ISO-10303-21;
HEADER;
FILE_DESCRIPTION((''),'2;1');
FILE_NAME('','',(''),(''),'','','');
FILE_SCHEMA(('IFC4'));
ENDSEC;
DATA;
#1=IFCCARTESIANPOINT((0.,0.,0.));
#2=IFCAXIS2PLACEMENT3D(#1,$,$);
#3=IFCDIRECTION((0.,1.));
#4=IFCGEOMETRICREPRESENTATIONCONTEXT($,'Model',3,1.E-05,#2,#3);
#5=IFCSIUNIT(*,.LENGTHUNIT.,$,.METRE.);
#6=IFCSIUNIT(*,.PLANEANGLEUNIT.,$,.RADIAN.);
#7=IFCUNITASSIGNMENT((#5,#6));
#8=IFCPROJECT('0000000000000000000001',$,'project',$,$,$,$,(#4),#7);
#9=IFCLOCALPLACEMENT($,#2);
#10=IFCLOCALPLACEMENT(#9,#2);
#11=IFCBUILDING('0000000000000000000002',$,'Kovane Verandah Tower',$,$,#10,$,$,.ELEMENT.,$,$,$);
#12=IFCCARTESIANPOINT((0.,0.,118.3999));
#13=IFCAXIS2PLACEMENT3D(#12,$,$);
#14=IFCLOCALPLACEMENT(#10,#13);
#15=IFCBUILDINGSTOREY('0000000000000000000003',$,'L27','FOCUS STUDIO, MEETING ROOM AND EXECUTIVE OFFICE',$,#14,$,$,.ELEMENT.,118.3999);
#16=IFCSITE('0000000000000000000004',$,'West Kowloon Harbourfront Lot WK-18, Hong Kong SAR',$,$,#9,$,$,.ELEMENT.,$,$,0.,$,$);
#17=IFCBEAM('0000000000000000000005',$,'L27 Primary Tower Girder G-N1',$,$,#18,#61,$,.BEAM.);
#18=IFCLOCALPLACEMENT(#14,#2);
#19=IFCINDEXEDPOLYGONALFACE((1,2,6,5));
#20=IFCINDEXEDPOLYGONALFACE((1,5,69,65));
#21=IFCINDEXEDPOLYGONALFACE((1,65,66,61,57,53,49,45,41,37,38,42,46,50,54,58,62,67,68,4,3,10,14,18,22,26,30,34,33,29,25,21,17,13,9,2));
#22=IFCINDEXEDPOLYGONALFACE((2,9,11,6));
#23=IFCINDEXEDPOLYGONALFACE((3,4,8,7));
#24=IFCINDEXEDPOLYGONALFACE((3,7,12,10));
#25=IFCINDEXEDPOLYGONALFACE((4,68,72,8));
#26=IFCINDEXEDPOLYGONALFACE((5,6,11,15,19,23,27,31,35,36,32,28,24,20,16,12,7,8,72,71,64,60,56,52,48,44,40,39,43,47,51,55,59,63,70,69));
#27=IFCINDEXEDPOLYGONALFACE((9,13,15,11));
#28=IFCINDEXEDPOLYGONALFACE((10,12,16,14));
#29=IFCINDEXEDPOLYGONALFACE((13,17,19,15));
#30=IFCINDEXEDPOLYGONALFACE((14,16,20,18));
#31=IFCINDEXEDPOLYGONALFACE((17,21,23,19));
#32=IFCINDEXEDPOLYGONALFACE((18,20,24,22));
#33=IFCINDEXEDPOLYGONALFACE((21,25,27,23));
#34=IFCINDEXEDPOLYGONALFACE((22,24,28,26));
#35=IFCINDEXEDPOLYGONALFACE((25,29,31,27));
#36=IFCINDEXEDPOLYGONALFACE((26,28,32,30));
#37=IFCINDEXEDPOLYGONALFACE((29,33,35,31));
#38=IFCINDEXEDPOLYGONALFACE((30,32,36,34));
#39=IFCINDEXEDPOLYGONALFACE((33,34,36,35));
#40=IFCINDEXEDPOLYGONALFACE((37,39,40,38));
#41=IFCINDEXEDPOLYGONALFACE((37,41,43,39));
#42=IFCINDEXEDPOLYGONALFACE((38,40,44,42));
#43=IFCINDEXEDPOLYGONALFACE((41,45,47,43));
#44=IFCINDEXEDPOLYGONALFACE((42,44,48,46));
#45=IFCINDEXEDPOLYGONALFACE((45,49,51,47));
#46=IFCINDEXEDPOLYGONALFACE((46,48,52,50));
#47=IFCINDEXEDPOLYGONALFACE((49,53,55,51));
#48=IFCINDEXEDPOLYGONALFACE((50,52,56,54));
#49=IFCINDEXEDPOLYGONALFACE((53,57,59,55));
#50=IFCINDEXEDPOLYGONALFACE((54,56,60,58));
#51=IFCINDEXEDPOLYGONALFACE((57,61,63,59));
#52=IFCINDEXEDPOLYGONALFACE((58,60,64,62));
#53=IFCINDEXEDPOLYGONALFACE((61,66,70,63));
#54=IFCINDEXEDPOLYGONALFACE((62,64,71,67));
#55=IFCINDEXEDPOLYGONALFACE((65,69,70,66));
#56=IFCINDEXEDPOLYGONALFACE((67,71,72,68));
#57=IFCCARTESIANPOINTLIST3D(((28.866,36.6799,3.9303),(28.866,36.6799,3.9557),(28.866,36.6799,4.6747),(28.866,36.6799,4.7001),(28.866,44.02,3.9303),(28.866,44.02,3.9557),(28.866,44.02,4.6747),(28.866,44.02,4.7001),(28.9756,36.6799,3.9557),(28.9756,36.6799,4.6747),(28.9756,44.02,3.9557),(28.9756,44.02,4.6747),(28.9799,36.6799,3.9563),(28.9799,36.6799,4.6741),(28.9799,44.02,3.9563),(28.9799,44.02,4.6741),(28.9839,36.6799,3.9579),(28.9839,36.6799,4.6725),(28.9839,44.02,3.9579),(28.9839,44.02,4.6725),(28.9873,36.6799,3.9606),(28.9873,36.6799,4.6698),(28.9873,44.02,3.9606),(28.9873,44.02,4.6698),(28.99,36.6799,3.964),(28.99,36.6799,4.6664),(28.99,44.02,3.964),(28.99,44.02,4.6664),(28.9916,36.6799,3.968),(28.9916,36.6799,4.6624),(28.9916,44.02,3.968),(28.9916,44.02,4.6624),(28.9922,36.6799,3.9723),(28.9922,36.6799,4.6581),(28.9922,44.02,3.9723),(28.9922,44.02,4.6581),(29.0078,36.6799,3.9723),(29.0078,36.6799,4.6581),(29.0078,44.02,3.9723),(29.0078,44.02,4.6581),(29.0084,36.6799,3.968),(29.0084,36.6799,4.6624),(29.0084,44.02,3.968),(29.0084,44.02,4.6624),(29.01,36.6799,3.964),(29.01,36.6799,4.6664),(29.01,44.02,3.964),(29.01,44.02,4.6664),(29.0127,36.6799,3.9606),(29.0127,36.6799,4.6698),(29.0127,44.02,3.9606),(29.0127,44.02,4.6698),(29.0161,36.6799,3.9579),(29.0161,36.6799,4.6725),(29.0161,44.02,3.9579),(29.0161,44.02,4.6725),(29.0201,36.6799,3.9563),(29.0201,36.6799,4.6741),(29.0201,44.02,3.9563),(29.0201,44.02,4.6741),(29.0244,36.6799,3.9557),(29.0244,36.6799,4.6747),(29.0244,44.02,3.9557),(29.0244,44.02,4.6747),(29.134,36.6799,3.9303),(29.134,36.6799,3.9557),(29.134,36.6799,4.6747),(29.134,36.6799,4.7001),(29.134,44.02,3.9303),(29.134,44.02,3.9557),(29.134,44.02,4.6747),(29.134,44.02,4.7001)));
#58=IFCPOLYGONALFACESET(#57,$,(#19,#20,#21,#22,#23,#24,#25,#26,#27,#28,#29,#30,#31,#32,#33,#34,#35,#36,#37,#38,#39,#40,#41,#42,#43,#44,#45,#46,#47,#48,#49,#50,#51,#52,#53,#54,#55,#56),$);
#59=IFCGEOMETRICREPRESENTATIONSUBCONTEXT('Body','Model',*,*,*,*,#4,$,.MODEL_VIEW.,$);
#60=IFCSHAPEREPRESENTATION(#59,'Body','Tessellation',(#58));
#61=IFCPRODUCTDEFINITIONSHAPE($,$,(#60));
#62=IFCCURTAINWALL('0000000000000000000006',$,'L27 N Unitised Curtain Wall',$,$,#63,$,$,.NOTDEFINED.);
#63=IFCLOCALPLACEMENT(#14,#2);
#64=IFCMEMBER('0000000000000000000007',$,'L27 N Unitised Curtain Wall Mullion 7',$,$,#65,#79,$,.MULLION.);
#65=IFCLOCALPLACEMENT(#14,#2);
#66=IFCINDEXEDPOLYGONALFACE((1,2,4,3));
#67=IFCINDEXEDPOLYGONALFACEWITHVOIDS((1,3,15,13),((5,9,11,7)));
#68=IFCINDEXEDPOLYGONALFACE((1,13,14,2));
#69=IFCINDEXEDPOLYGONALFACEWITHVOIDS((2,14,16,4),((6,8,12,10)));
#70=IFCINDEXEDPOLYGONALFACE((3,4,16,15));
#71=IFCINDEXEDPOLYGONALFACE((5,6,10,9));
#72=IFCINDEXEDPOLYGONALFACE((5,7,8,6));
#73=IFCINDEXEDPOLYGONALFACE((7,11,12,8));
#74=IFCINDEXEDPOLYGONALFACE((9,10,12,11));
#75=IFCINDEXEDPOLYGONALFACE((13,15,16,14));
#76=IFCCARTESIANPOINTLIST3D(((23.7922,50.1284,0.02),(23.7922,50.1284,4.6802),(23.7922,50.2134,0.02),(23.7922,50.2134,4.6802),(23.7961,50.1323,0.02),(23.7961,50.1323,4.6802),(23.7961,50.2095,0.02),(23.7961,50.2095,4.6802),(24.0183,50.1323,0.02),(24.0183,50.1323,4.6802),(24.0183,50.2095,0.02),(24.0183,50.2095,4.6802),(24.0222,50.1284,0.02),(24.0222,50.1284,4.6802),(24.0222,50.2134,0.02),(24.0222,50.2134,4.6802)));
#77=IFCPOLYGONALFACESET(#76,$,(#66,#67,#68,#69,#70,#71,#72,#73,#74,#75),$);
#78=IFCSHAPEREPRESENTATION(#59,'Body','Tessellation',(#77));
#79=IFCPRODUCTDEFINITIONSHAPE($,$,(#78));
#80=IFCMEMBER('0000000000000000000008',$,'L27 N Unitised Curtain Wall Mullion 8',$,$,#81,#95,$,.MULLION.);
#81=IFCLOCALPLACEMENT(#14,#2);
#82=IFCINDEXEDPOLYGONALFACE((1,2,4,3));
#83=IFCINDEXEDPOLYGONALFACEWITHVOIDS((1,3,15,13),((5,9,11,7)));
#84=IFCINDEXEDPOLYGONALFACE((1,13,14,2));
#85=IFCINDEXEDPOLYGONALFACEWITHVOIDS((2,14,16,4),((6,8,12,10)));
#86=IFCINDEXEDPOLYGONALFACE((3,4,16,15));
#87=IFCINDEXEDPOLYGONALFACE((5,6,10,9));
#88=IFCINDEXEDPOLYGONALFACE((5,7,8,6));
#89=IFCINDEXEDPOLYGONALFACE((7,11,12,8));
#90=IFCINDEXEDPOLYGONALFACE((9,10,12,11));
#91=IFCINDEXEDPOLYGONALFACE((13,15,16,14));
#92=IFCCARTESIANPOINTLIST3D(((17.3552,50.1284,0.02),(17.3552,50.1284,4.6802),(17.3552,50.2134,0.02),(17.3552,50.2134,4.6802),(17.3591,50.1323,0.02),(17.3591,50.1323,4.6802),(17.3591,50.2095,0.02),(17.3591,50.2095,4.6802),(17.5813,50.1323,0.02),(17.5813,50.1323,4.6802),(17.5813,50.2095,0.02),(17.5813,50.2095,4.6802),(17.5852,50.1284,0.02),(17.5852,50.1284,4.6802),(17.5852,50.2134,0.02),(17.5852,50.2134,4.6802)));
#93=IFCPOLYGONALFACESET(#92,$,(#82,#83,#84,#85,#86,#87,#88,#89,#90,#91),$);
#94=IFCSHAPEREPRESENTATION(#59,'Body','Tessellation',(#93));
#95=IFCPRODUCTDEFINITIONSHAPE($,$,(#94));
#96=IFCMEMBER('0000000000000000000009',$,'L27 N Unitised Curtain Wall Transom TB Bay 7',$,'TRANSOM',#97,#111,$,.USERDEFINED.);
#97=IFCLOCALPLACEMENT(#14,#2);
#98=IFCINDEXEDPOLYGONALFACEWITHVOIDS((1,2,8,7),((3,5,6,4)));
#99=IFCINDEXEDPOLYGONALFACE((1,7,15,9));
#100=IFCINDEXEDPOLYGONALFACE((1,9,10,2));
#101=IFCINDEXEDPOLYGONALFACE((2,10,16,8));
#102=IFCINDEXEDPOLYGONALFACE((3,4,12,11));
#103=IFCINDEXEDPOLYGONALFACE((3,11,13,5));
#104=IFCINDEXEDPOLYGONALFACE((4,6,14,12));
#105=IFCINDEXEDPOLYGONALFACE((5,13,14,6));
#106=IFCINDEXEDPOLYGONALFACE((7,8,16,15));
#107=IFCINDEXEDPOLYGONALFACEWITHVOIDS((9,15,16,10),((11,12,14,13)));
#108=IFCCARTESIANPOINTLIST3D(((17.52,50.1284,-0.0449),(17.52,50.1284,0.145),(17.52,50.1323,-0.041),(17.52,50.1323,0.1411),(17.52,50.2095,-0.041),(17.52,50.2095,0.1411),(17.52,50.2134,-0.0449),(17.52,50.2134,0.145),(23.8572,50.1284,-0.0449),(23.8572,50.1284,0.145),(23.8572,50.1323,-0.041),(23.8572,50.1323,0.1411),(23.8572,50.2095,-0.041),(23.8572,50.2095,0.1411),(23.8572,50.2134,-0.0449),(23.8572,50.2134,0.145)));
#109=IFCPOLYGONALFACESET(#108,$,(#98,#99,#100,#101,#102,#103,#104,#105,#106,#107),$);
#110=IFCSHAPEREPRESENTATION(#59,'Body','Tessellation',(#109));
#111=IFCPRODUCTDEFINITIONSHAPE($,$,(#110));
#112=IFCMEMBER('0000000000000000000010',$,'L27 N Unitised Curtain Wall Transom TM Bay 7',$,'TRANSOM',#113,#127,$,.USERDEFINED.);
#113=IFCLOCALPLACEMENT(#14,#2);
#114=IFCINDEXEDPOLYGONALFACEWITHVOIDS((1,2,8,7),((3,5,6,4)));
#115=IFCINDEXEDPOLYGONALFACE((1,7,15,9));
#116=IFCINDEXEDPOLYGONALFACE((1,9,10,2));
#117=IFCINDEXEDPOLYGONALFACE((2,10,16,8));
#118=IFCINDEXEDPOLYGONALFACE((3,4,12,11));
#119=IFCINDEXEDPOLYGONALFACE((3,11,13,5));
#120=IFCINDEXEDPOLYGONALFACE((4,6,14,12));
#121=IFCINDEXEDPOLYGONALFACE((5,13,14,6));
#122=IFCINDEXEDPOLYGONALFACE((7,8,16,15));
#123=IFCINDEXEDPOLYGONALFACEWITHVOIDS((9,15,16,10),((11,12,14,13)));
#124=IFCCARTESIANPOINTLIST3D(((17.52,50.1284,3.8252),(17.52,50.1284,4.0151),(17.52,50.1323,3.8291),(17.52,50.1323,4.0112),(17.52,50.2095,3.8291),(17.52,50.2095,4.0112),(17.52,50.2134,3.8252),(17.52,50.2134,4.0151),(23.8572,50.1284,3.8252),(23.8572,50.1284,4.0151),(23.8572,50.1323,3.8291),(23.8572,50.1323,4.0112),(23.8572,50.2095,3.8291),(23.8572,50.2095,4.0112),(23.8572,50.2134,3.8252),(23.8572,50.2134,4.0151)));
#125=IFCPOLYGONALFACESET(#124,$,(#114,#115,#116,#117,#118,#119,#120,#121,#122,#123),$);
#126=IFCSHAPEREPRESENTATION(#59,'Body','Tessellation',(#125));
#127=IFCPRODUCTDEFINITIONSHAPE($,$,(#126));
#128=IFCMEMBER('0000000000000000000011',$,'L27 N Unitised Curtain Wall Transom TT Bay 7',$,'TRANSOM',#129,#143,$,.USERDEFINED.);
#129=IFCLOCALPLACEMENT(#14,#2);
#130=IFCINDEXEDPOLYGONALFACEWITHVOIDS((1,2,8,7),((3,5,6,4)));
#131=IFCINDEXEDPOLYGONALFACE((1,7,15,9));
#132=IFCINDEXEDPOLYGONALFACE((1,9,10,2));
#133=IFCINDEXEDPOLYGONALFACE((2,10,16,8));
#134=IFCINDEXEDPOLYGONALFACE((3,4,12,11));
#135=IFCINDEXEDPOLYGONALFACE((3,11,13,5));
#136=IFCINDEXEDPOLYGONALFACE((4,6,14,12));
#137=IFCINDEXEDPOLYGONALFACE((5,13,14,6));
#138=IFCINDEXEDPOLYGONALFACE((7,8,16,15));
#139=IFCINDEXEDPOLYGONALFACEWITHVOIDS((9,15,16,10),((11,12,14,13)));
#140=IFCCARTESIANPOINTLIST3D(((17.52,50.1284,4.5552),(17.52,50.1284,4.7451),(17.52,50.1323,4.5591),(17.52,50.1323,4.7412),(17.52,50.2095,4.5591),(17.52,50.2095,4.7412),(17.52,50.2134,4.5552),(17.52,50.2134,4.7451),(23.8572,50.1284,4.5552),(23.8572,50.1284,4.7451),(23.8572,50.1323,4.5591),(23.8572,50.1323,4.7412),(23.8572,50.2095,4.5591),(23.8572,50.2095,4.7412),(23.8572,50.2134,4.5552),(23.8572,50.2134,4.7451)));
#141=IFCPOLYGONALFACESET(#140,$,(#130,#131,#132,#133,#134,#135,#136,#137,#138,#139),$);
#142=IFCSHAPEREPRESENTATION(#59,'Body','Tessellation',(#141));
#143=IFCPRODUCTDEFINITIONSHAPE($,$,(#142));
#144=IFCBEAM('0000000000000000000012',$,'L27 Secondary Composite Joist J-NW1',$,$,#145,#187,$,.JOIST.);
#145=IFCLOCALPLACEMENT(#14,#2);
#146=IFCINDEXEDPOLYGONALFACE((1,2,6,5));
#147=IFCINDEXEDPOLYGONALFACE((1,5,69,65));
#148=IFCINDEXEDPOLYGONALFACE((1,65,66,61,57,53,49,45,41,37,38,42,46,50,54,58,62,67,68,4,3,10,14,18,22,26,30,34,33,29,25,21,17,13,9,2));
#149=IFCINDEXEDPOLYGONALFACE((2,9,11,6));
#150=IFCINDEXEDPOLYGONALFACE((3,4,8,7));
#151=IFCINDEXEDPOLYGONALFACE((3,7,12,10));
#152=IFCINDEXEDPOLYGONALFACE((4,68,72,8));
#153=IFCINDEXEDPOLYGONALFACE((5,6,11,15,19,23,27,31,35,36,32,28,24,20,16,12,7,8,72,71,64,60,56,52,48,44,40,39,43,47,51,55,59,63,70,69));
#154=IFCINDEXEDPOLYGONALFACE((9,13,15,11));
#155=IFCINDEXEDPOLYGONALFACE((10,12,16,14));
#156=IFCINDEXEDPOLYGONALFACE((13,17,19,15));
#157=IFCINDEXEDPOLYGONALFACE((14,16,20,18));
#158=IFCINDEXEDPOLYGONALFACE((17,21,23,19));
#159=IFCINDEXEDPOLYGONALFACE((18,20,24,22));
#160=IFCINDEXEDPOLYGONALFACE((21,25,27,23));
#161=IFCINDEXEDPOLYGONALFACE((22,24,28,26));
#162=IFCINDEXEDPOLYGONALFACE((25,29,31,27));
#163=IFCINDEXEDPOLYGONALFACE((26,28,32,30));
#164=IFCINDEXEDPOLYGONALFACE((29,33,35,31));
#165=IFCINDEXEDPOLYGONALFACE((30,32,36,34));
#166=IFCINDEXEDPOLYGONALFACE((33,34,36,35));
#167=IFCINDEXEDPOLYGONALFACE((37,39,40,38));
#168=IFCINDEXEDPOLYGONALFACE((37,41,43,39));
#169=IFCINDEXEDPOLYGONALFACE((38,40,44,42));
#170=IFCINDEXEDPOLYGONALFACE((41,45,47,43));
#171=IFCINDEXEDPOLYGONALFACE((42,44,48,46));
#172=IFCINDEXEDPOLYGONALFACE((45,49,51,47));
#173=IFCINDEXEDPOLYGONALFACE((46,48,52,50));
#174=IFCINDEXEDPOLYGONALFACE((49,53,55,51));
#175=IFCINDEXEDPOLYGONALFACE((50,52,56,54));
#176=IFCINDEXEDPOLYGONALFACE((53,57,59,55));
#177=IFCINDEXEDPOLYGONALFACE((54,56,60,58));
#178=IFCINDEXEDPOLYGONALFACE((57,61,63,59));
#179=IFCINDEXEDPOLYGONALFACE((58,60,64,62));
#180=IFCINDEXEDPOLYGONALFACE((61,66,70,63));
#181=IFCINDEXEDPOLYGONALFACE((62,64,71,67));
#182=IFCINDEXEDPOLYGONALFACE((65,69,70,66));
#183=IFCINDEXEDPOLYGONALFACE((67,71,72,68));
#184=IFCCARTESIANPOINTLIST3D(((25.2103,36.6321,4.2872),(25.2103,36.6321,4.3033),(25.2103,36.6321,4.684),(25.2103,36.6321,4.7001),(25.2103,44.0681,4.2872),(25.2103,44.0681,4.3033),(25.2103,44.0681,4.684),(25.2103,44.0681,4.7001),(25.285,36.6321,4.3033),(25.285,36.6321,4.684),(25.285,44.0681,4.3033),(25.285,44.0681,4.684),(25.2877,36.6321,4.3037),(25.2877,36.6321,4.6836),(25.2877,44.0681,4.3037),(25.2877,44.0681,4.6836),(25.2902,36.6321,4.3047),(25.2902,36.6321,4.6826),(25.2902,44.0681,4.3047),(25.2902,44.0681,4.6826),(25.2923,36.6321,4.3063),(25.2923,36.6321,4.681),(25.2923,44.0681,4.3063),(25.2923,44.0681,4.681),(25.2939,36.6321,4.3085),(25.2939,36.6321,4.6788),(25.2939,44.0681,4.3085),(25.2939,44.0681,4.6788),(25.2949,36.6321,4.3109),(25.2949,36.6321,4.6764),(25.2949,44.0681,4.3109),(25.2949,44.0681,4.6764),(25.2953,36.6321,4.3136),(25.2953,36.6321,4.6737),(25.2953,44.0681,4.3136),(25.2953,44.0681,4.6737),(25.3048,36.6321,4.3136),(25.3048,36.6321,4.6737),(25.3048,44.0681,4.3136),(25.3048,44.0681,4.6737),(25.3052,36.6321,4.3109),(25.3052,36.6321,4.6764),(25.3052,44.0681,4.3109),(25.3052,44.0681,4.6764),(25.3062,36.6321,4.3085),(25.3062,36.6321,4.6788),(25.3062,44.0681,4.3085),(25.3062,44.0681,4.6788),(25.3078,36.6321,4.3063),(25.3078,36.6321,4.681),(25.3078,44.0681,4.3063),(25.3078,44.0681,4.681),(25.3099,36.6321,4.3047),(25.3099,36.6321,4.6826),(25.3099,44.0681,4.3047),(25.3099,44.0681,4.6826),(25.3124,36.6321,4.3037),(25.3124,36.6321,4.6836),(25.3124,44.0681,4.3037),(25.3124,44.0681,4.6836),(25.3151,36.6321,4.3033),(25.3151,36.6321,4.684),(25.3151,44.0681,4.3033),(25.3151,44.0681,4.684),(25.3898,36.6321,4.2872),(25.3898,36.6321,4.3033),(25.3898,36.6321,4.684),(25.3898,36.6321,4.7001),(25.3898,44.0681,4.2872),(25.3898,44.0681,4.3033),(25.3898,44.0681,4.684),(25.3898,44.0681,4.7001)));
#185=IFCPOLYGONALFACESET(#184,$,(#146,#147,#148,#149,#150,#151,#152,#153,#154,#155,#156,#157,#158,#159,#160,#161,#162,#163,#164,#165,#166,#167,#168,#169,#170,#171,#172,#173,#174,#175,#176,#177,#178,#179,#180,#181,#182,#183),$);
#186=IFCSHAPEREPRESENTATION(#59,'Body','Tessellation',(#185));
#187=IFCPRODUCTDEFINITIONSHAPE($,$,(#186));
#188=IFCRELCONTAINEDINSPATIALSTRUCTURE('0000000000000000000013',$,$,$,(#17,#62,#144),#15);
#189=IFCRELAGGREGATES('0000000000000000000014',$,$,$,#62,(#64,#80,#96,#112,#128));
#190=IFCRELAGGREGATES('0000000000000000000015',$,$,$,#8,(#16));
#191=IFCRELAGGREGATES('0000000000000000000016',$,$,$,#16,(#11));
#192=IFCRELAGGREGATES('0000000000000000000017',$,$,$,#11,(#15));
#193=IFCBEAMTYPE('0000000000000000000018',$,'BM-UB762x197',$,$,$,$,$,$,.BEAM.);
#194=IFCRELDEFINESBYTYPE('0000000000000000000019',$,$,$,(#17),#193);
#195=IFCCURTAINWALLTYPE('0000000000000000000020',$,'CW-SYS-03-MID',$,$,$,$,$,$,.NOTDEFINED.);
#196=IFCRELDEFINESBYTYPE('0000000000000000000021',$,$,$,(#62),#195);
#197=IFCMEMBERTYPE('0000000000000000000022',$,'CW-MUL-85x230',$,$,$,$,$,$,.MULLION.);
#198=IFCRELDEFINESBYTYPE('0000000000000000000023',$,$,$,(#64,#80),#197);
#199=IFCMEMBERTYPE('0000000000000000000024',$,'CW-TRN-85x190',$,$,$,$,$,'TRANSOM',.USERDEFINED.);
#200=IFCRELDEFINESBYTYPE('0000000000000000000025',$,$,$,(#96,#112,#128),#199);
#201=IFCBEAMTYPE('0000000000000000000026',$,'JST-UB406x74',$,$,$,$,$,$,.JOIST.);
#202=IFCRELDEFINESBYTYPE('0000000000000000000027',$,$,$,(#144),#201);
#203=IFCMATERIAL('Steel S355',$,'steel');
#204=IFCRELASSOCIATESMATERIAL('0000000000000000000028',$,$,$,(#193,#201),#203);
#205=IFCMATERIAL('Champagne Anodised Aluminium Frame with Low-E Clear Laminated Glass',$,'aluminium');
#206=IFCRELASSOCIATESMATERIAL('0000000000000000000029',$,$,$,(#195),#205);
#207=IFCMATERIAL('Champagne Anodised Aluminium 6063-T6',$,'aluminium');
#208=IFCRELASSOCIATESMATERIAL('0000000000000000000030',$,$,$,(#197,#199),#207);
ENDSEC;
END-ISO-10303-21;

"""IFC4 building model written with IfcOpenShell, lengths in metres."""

from ifc_helpers import new_model, si_unit, direction, frame, origin, origin_2d, place, context, subcontext, project, spatial, hollow_rectangle, i_section, extrude, material, material_profile, profile_set, type_object, element, aggregate, save


model = new_model("IFC4")

# Units and contexts
model_context = context("Model", 3, precision=1e-05, world=origin(), true_north=direction((0.0, 1.0)))
body_context = subcontext(model_context, "Body", "Model", "MODEL_VIEW")
ifc_project = project(units=[si_unit("LENGTHUNIT", "METRE"), si_unit("PLANEANGLEUNIT", "RADIAN")], contexts=[model_context])

# Site, building, storey
site_placement = place(None, origin())
site = spatial("IfcSite", under=ifc_project, at=site_placement, Name="West Kowloon Harbourfront Lot WK-18, Hong Kong SAR", CompositionType="ELEMENT", RefElevation=0.0)
building_placement = place(site_placement, origin())
building = spatial("IfcBuilding", under=site, at=building_placement, Name="Kovane Verandah Tower", CompositionType="ELEMENT")
storey_placement = place(building_placement, frame((0.0, 0.0, 118.3999)))
storey = spatial("IfcBuildingStorey", under=building, at=storey_placement, Name="L27", Description="FOCUS STUDIO, MEETING ROOM AND EXECUTIVE OFFICE", CompositionType="ELEMENT", Elevation=118.3999)

# Beam
ifc_material_1 = material(Name="Steel S355", Category="steel")
ifc_material_profile_1 = material_profile(ifc_material_1, i_section(OverallWidth=0.2681, OverallDepth=0.7698, WebThickness=0.0156, FlangeThickness=0.0254, FilletRadius=0.0166, at=origin_2d()), Name="UB762x267x197")
ifc_profile_set_1 = profile_set([ifc_material_profile_1], Name="Steel S355")
beam_type_1 = type_object("IfcBeamType", Name="BM-UB762x197", PredefinedType="BEAM", material=ifc_profile_set_1)
beam_1_placement = place(storey_placement, frame((29.0, 36.6799, 4.3152), z_axis=(0.0, 1.0, 0.0), x_axis=(-1.0, 0.0, 0.0)))
element("IfcBeam", 1, at=beam_1_placement, inside=storey, type_object=beam_type_1, Name="L27 Primary Tower Girder G-N1", PredefinedType="BEAM", context=body_context, shape_type="SweptSolid", body=[
    extrude(i_section(OverallWidth=0.2681, OverallDepth=0.7698, WebThickness=0.0156, FlangeThickness=0.0254, FilletRadius=0.0166, at=origin_2d()), origin(), (0.0, 0.0, 1.0), 7.3401),
])

# Curtain wall, members
ifc_material_2 = material(Name="Champagne Anodised Aluminium Frame with Low-E Clear Laminated Glass", Category="aluminium")
curtain_wall_type = type_object("IfcCurtainWallType", Name="CW-SYS-03-MID", PredefinedType="NOTDEFINED", material=ifc_material_2)
curtain_wall_placement = place(storey_placement, origin())
curtain_wall = element("IfcCurtainWall", 2, at=curtain_wall_placement, inside=storey, type_object=curtain_wall_type, Name="L27 N Unitised Curtain Wall", PredefinedType="NOTDEFINED")
ifc_material_3 = material(Name="Champagne Anodised Aluminium 6063-T6", Category="aluminium")
ifc_material_profile_2 = material_profile(ifc_material_3, hollow_rectangle(XDim=0.085, YDim=0.23, WallThickness=0.0039, at=origin_2d()), Name="AL85x230x4")
ifc_profile_set_2 = profile_set([ifc_material_profile_2], Name="Champagne Anodised Aluminium 6063-T6")
member_type_1 = type_object("IfcMemberType", Name="CW-MUL-85x230", PredefinedType="MULLION", material=ifc_profile_set_2)
member_1_placement = place(storey_placement, frame((23.9072, 50.1709, 0.02), z_axis=(0.0, 0.0, 1.0), x_axis=(0.0, 1.0, 0.0)))
member_1 = element("IfcMember", 3, at=member_1_placement, type_object=member_type_1, Name="L27 N Unitised Curtain Wall Mullion 7", PredefinedType="MULLION", context=body_context, shape_type="SweptSolid", body=[
    extrude(hollow_rectangle(XDim=0.085, YDim=0.23, WallThickness=0.0039, at=origin_2d()), origin(), (0.0, 0.0, 1.0), 4.6602),
])
member_2_placement = place(storey_placement, frame((17.4702, 50.1709, 0.02), z_axis=(0.0, 0.0, 1.0), x_axis=(0.0, 1.0, 0.0)))
member_2 = element("IfcMember", 4, at=member_2_placement, type_object=member_type_1, Name="L27 N Unitised Curtain Wall Mullion 8", PredefinedType="MULLION", context=body_context, shape_type="SweptSolid", body=[
    extrude(hollow_rectangle(XDim=0.085, YDim=0.23, WallThickness=0.0039, at=origin_2d()), origin(), (0.0, 0.0, 1.0), 4.6602),
])
ifc_material_profile_3 = material_profile(ifc_material_3, hollow_rectangle(XDim=0.085, YDim=0.1899, WallThickness=0.0039, at=origin_2d()), Name="AL85x190x4")
ifc_profile_set_3 = profile_set([ifc_material_profile_3], Name="Champagne Anodised Aluminium 6063-T6")
member_type_2 = type_object("IfcMemberType", Name="CW-TRN-85x190", ElementType="TRANSOM", PredefinedType="USERDEFINED", material=ifc_profile_set_3)
member_3_placement = place(storey_placement, frame((23.8572, 50.1709, 0.05), z_axis=(-1.0, 0.0, 0.0), x_axis=(0.0, -1.0, 0.0)))
member_3 = element("IfcMember", 5, at=member_3_placement, type_object=member_type_2, Name="L27 N Unitised Curtain Wall Transom TB Bay 7", ObjectType="TRANSOM", PredefinedType="USERDEFINED", context=body_context, shape_type="SweptSolid", body=[
    extrude(hollow_rectangle(XDim=0.085, YDim=0.1899, WallThickness=0.0039, at=origin_2d()), origin(), (0.0, 0.0, 1.0), 6.3372),
])
member_4_placement = place(storey_placement, frame((23.8572, 50.1709, 3.9202), z_axis=(-1.0, 0.0, 0.0), x_axis=(0.0, -1.0, 0.0)))
member_4 = element("IfcMember", 6, at=member_4_placement, type_object=member_type_2, Name="L27 N Unitised Curtain Wall Transom TM Bay 7", ObjectType="TRANSOM", PredefinedType="USERDEFINED", context=body_context, shape_type="SweptSolid", body=[
    extrude(hollow_rectangle(XDim=0.085, YDim=0.1899, WallThickness=0.0039, at=origin_2d()), origin(), (0.0, 0.0, 1.0), 6.3372),
])
member_5_placement = place(storey_placement, frame((23.8572, 50.1709, 4.6501), z_axis=(-1.0, 0.0, 0.0), x_axis=(0.0, -1.0, 0.0)))
member_5 = element("IfcMember", 7, at=member_5_placement, type_object=member_type_2, Name="L27 N Unitised Curtain Wall Transom TT Bay 7", ObjectType="TRANSOM", PredefinedType="USERDEFINED", context=body_context, shape_type="SweptSolid", body=[
    extrude(hollow_rectangle(XDim=0.085, YDim=0.1899, WallThickness=0.0039, at=origin_2d()), origin(), (0.0, 0.0, 1.0), 6.3372),
])

# Beam
ifc_material_profile_4 = material_profile(ifc_material_1, i_section(OverallWidth=0.1794, OverallDepth=0.4128, WebThickness=0.0095, FlangeThickness=0.0161, FilletRadius=0.0103, at=origin_2d()), Name="UB406x178x74")
ifc_profile_set_4 = profile_set([ifc_material_profile_4], Name="Steel S355")
beam_type_2 = type_object("IfcBeamType", Name="JST-UB406x74", PredefinedType="JOIST", material=ifc_profile_set_4)
beam_2_placement = place(storey_placement, frame((25.3, 36.6321, 4.4937), z_axis=(0.0, 1.0, 0.0), x_axis=(-1.0, 0.0, 0.0)))
element("IfcBeam", 8, at=beam_2_placement, inside=storey, type_object=beam_type_2, Name="L27 Secondary Composite Joist J-NW1", PredefinedType="JOIST", context=body_context, shape_type="SweptSolid", body=[
    extrude(i_section(OverallWidth=0.1794, OverallDepth=0.4128, WebThickness=0.0095, FlangeThickness=0.0161, FilletRadius=0.0103, at=origin_2d()), origin(), (0.0, 0.0, 1.0), 7.436),
])

aggregate(curtain_wall, [member_1, member_2, member_3, member_4, member_5])

save(model, "model.ifc")
